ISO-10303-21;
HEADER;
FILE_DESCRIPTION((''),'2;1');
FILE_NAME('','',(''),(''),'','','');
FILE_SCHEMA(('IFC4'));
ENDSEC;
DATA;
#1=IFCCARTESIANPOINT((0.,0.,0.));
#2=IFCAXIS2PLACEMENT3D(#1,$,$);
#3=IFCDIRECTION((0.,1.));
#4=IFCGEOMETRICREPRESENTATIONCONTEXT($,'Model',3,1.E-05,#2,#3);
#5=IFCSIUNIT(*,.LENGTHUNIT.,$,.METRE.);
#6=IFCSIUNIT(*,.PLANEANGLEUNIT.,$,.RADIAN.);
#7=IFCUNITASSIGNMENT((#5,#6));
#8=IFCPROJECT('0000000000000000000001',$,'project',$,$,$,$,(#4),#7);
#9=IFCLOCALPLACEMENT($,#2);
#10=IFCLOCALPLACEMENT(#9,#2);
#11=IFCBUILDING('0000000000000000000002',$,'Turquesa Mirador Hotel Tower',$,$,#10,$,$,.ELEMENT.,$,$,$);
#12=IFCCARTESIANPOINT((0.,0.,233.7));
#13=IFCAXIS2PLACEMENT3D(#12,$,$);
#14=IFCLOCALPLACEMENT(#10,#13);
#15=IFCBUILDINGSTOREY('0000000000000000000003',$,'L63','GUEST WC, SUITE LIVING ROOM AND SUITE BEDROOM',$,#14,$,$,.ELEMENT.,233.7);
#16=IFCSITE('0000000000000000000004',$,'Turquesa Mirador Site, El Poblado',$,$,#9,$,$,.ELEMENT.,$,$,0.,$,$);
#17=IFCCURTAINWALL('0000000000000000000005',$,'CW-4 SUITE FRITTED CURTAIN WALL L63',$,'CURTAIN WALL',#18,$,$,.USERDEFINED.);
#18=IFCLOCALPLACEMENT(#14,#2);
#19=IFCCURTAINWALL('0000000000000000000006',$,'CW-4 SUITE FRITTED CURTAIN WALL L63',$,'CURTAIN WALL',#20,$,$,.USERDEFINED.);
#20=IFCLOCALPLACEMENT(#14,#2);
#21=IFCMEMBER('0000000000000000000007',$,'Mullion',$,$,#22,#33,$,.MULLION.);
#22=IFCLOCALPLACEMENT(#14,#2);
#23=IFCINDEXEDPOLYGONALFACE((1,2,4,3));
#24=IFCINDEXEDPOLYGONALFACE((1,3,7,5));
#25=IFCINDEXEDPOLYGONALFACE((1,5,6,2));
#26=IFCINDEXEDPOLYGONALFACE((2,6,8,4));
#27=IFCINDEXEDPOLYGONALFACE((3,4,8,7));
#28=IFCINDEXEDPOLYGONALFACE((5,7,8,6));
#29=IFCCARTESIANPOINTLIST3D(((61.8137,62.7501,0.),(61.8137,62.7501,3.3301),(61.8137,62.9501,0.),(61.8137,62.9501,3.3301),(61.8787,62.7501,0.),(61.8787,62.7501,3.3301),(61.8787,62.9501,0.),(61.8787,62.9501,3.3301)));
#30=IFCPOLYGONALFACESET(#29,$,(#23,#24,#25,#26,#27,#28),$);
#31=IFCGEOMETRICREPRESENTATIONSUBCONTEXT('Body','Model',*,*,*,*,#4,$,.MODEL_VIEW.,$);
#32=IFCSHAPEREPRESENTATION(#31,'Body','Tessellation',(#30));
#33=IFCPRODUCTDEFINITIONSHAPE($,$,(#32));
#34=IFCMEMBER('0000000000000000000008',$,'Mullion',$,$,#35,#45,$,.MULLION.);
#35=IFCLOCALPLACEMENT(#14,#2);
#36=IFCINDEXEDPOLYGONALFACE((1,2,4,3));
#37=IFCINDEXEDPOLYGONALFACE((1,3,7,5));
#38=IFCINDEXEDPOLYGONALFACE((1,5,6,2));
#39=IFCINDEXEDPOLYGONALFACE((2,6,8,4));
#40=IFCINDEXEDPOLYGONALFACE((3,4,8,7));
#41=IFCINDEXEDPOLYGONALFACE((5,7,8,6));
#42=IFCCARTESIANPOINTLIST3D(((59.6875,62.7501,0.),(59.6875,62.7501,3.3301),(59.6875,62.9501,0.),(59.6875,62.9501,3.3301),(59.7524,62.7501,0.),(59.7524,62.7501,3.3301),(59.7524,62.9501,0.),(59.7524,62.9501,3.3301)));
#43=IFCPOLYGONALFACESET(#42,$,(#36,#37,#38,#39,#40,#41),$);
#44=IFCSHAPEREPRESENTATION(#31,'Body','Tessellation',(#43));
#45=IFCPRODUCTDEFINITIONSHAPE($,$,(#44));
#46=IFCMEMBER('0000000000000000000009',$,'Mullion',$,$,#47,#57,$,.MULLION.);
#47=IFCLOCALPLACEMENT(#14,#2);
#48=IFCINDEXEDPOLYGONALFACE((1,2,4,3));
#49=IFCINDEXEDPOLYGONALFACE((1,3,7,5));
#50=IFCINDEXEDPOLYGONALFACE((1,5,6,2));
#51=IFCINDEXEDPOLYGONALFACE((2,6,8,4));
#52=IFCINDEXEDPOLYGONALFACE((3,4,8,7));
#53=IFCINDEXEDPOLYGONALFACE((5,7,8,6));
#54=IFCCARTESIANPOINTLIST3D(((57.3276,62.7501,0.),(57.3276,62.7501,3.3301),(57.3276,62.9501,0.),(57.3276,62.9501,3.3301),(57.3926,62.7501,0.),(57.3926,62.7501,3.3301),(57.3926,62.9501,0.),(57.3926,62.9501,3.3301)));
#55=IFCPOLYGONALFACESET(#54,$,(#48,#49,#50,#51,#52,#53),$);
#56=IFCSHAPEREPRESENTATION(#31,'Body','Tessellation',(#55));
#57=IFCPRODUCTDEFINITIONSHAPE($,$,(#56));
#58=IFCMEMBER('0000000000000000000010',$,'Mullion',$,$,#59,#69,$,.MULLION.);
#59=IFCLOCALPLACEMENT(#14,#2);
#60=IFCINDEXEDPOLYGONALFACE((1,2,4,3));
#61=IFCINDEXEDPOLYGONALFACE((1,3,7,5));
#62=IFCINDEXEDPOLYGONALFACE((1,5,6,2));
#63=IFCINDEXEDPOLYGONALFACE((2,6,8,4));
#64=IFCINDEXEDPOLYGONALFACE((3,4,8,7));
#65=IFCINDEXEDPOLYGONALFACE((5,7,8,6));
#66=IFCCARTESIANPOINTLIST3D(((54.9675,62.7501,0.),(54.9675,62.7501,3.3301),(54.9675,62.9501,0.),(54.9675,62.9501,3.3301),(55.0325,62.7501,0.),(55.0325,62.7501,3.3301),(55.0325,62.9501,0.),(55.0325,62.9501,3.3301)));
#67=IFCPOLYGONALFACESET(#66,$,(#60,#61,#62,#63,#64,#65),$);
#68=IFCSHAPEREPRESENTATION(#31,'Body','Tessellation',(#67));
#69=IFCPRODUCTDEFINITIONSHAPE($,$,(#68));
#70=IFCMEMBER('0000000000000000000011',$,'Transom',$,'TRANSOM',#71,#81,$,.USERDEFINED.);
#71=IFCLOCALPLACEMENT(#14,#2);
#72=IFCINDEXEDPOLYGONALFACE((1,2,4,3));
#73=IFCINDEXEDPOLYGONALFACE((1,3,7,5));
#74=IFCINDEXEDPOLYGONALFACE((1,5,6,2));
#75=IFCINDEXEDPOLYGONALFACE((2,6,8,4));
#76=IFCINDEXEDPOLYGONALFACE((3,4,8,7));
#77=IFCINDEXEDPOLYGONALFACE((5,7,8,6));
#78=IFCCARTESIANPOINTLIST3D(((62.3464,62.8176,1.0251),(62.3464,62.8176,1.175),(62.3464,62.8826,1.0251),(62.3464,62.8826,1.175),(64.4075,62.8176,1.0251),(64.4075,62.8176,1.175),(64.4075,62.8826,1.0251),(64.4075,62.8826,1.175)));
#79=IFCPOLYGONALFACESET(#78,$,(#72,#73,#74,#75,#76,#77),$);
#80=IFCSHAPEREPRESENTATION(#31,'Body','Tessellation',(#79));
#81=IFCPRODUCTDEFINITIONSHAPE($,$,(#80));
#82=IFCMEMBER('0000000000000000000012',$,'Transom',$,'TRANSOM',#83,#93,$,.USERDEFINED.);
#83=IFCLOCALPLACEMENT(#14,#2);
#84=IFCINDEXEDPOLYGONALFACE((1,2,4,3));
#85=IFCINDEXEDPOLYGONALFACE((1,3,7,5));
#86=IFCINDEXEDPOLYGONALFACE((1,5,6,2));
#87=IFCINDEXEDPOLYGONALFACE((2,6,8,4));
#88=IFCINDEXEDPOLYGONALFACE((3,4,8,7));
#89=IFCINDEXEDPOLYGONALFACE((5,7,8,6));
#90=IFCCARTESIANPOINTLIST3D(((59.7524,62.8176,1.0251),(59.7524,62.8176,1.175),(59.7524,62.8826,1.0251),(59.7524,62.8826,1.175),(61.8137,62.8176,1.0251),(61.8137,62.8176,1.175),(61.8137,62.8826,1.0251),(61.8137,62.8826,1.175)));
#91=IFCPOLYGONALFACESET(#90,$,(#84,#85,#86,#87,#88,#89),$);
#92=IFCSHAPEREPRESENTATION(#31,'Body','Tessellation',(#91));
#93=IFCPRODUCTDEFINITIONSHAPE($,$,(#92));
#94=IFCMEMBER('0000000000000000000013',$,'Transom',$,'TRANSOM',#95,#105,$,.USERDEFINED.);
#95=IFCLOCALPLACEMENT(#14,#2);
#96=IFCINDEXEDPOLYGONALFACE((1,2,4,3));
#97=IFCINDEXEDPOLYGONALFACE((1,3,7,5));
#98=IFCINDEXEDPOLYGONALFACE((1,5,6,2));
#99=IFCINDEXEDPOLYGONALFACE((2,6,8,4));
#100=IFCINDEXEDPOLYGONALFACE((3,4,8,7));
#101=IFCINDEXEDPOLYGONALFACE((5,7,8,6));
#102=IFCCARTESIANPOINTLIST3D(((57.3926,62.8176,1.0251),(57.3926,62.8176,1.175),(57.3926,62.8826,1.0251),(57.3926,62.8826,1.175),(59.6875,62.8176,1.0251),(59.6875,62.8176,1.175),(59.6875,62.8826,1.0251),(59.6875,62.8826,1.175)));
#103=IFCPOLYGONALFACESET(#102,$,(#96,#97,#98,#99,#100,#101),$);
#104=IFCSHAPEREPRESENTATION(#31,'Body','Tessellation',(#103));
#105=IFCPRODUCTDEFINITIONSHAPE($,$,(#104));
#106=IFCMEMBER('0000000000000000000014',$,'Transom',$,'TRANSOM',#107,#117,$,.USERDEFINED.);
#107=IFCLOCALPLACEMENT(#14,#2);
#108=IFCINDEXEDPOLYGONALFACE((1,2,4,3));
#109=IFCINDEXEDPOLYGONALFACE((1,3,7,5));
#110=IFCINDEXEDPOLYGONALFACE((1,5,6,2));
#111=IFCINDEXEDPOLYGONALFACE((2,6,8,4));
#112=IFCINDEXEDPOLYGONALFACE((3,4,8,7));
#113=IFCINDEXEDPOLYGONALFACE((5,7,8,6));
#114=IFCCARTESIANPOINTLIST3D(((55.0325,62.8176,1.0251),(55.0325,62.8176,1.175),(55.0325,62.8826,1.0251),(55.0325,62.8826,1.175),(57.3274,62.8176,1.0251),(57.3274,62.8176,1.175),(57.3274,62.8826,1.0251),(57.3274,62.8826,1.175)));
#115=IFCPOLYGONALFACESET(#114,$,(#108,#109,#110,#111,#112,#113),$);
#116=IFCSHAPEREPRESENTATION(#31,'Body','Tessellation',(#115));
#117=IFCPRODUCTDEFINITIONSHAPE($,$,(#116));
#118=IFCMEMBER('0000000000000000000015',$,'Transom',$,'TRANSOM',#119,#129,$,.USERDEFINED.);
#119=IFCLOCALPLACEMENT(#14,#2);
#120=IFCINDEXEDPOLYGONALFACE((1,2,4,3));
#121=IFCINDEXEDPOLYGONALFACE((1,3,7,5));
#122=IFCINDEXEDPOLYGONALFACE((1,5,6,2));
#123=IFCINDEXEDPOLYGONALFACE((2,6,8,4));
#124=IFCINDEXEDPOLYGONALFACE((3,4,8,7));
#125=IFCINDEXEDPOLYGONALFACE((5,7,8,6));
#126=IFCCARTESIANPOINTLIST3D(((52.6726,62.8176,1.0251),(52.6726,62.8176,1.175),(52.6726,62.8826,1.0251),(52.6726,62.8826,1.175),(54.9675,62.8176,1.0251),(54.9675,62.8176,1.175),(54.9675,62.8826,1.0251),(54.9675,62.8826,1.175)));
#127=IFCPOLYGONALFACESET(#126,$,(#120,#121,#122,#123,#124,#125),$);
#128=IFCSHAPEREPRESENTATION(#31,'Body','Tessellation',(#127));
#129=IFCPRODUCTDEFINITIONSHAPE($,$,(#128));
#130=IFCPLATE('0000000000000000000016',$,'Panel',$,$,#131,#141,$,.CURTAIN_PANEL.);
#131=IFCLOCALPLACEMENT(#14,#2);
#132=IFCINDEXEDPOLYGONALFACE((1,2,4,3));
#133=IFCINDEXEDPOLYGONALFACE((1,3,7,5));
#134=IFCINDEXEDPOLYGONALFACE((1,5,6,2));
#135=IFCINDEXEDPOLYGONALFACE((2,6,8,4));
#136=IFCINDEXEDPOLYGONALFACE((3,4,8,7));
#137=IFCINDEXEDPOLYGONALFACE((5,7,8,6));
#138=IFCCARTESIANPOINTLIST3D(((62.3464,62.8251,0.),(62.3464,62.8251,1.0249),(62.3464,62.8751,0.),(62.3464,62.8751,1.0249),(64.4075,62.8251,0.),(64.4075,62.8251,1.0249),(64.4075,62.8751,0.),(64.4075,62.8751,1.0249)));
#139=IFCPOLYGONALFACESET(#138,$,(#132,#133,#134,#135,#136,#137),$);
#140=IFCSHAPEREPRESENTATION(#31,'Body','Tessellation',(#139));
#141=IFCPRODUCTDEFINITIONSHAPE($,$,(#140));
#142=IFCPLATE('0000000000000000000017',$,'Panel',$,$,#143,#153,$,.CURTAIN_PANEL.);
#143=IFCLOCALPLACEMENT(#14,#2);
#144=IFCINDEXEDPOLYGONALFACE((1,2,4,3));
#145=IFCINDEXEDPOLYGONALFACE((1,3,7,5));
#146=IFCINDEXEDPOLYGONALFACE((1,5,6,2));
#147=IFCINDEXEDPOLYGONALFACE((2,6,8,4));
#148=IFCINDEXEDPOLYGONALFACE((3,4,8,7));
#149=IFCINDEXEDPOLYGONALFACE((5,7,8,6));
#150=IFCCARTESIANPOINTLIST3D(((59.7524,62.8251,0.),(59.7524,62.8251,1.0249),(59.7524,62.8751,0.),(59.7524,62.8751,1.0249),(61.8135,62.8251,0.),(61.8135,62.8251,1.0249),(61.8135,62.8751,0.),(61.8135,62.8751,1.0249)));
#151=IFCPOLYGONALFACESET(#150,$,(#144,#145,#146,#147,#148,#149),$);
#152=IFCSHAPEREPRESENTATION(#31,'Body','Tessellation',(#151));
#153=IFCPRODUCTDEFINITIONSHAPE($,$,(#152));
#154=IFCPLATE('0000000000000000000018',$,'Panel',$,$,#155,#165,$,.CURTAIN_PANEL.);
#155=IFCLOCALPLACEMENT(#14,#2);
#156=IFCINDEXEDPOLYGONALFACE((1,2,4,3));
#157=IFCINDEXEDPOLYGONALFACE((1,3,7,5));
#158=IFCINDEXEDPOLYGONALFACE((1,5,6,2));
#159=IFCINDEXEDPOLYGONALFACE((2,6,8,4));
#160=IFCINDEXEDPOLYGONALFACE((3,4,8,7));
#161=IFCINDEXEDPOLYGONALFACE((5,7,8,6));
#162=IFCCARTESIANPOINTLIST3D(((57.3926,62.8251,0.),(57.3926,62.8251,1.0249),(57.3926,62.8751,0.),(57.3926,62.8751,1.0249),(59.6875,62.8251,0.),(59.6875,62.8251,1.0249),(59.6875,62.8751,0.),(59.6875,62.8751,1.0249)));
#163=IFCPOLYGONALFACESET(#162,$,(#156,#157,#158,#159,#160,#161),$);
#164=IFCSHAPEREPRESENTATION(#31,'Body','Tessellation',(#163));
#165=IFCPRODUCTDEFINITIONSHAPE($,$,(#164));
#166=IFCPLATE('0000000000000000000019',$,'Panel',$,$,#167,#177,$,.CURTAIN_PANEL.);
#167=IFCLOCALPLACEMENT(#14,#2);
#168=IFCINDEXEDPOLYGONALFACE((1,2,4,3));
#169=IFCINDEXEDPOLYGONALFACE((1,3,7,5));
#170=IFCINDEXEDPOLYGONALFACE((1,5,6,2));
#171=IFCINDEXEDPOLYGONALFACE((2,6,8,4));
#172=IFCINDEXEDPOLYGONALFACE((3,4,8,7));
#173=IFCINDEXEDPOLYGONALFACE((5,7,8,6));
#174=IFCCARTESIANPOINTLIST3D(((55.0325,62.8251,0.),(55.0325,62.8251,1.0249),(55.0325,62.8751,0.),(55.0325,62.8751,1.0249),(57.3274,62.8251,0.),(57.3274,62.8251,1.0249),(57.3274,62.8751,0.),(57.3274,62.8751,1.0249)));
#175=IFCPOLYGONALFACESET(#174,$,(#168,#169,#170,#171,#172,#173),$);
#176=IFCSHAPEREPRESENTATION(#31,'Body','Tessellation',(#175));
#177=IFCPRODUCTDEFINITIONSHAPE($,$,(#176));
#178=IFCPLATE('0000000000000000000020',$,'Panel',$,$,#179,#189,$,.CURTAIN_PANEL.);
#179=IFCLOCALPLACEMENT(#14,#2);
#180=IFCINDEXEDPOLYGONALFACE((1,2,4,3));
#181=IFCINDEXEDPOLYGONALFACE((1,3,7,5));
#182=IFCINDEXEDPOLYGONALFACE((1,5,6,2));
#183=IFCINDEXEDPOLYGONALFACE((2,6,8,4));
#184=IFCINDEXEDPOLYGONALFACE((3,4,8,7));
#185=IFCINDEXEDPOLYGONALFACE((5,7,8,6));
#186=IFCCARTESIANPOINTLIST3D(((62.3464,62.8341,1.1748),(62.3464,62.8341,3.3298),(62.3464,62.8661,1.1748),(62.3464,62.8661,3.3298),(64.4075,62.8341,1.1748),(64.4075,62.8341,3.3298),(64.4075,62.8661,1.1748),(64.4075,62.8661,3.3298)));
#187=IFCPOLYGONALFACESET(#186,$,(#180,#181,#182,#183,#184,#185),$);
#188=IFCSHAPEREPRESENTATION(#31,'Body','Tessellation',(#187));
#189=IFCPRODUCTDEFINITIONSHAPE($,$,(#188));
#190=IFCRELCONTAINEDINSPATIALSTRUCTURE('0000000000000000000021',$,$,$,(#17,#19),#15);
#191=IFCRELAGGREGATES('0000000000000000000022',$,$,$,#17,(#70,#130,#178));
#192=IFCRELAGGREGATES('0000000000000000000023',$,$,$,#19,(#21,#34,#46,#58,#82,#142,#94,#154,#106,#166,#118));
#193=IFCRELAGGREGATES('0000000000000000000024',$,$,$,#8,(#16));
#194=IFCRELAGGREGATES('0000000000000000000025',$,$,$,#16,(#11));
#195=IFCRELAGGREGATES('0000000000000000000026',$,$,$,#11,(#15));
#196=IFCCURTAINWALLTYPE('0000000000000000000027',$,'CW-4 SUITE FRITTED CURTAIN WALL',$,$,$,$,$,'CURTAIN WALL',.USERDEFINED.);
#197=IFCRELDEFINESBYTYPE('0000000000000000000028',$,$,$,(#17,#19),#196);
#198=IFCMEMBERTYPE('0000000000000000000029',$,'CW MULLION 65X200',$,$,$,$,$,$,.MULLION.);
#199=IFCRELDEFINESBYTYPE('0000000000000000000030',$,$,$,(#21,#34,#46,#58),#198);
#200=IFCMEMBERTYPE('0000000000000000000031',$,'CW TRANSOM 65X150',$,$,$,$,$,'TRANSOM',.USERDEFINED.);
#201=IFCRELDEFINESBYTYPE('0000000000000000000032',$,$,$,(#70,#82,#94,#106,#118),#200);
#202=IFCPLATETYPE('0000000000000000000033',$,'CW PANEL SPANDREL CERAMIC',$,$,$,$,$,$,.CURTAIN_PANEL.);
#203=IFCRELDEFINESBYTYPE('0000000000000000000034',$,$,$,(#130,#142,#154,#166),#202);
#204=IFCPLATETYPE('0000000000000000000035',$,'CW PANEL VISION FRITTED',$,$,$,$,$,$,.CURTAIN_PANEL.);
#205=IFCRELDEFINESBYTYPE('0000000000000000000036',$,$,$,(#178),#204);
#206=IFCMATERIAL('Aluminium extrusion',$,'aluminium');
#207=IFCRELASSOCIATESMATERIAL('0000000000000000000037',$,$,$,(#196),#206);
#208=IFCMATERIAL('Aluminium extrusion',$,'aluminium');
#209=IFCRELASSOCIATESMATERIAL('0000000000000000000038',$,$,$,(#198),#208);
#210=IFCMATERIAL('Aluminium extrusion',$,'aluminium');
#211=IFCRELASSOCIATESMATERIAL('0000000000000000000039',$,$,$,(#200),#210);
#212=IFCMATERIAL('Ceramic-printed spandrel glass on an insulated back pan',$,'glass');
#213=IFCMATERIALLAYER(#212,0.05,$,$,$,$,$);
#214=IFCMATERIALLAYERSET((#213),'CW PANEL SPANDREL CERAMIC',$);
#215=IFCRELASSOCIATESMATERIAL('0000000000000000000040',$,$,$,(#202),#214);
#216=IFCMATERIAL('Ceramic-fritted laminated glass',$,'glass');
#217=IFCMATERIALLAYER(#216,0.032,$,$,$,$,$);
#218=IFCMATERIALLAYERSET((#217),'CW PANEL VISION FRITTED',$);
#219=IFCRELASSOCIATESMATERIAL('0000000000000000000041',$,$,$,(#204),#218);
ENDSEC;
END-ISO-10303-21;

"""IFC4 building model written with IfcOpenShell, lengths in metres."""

from ifc_helpers import new_model, si_unit, direction, frame, origin, origin_2d, place, context, subcontext, project, spatial, rectangle, extrude, material, layer, layer_set, material_profile, profile_set, type_object, element, aggregate, save


model = new_model("IFC4")

# Units and contexts
model_context = context("Model", 3, precision=1e-05, world=origin(), true_north=direction((0.0, 1.0)))
body_context = subcontext(model_context, "Body", "Model", "MODEL_VIEW")
ifc_project = project(units=[si_unit("LENGTHUNIT", "METRE"), si_unit("PLANEANGLEUNIT", "RADIAN")], contexts=[model_context])

# Site, building, storey
site_placement = place(None, origin())
site = spatial("IfcSite", under=ifc_project, at=site_placement, Name="Turquesa Mirador Site, El Poblado", CompositionType="ELEMENT", RefElevation=0.0)
building_placement = place(site_placement, origin())
building = spatial("IfcBuilding", under=site, at=building_placement, Name="Turquesa Mirador Hotel Tower", CompositionType="ELEMENT")
storey_placement = place(building_placement, frame((0.0, 0.0, 233.7)))
storey = spatial("IfcBuildingStorey", under=building, at=storey_placement, Name="L63", Description="GUEST WC, SUITE LIVING ROOM AND SUITE BEDROOM", CompositionType="ELEMENT", Elevation=233.7)

# Curtain wall
ifc_material_1 = material(Name="Aluminium extrusion", Category="aluminium")
curtain_wall_type = type_object("IfcCurtainWallType", Name="CW-4 SUITE FRITTED CURTAIN WALL", ElementType="CURTAIN WALL", PredefinedType="USERDEFINED", material=ifc_material_1)
curtain_wall_1_placement = place(storey_placement, origin())
curtain_wall_1 = element("IfcCurtainWall", 1, at=curtain_wall_1_placement, inside=storey, type_object=curtain_wall_type, Name="CW-4 SUITE FRITTED CURTAIN WALL L63", ObjectType="CURTAIN WALL", PredefinedType="USERDEFINED")
ifc_material_2 = material(Name="Aluminium extrusion", Category="aluminium")
ifc_material_profile_1 = material_profile(ifc_material_2, rectangle(XDim=0.0649, YDim=0.2, at=origin_2d()), Name="MULLION 65X200")
ifc_profile_set_1 = profile_set([ifc_material_profile_1], Name="Aluminium extrusion")
member_type_1 = type_object("IfcMemberType", Name="CW MULLION 65X200", PredefinedType="MULLION", material=ifc_profile_set_1)

# Curtain wall, members
curtain_wall_2_placement = place(storey_placement, origin())
curtain_wall_2 = element("IfcCurtainWall", 2, at=curtain_wall_2_placement, inside=storey, type_object=curtain_wall_type, Name="CW-4 SUITE FRITTED CURTAIN WALL L63", ObjectType="CURTAIN WALL", PredefinedType="USERDEFINED")
member_1_placement = place(storey_placement, frame((61.8462, 62.8501, 0.0), z_axis=(0.0, 0.0, 1.0), x_axis=(-1.0, 0.0, 0.0)))
member_1 = element("IfcMember", 3, at=member_1_placement, type_object=member_type_1, Name="Mullion", PredefinedType="MULLION", context=body_context, shape_type="SweptSolid", body=[
    extrude(rectangle(XDim=0.0649, YDim=0.2, at=origin_2d()), origin(), (0.0, 0.0, 1.0), 3.3301),
])
member_2_placement = place(storey_placement, frame((59.72, 62.8501, 0.0), z_axis=(0.0, 0.0, 1.0), x_axis=(-1.0, 0.0, 0.0)))
member_2 = element("IfcMember", 4, at=member_2_placement, type_object=member_type_1, Name="Mullion", PredefinedType="MULLION", context=body_context, shape_type="SweptSolid", body=[
    extrude(rectangle(XDim=0.0649, YDim=0.2, at=origin_2d()), origin(), (0.0, 0.0, 1.0), 3.3301),
])
member_3_placement = place(storey_placement, frame((57.3601, 62.8501, 0.0), z_axis=(0.0, 0.0, 1.0), x_axis=(-1.0, 0.0, 0.0)))
member_3 = element("IfcMember", 5, at=member_3_placement, type_object=member_type_1, Name="Mullion", PredefinedType="MULLION", context=body_context, shape_type="SweptSolid", body=[
    extrude(rectangle(XDim=0.0649, YDim=0.2, at=origin_2d()), origin(), (0.0, 0.0, 1.0), 3.3301),
])
member_4_placement = place(storey_placement, frame((55.0, 62.8501, 0.0), z_axis=(0.0, 0.0, 1.0), x_axis=(-1.0, 0.0, 0.0)))
member_4 = element("IfcMember", 6, at=member_4_placement, type_object=member_type_1, Name="Mullion", PredefinedType="MULLION", context=body_context, shape_type="SweptSolid", body=[
    extrude(rectangle(XDim=0.0649, YDim=0.2, at=origin_2d()), origin(), (0.0, 0.0, 1.0), 3.3301),
])

# Members
ifc_material_3 = material(Name="Aluminium extrusion", Category="aluminium")
ifc_material_profile_2 = material_profile(ifc_material_3, rectangle(XDim=0.0649, YDim=0.1499, at=origin_2d()), Name="TRANSOM 65X150")
ifc_profile_set_2 = profile_set([ifc_material_profile_2], Name="Aluminium extrusion")
member_type_2 = type_object("IfcMemberType", Name="CW TRANSOM 65X150", ElementType="TRANSOM", PredefinedType="USERDEFINED", material=ifc_profile_set_2)
member_5_placement = place(storey_placement, frame((64.4075, 62.8501, 1.1001), z_axis=(-1.0, 0.0, 0.0), x_axis=(0.0, -1.0, 0.0)))
member_5 = element("IfcMember", 7, at=member_5_placement, type_object=member_type_2, Name="Transom", ObjectType="TRANSOM", PredefinedType="USERDEFINED", context=body_context, shape_type="SweptSolid", body=[
    extrude(rectangle(XDim=0.0649, YDim=0.1499, at=origin_2d()), origin(), (0.0, 0.0, 1.0), 2.061),
])
member_6_placement = place(storey_placement, frame((61.8137, 62.8501, 1.1001), z_axis=(-1.0, 0.0, 0.0), x_axis=(0.0, -1.0, 0.0)))
member_6 = element("IfcMember", 8, at=member_6_placement, type_object=member_type_2, Name="Transom", ObjectType="TRANSOM", PredefinedType="USERDEFINED", context=body_context, shape_type="SweptSolid", body=[
    extrude(rectangle(XDim=0.0649, YDim=0.1499, at=origin_2d()), origin(), (0.0, 0.0, 1.0), 2.0613),
])
member_7_placement = place(storey_placement, frame((59.6875, 62.8501, 1.1001), z_axis=(-1.0, 0.0, 0.0), x_axis=(0.0, -1.0, 0.0)))
member_7 = element("IfcMember", 9, at=member_7_placement, type_object=member_type_2, Name="Transom", ObjectType="TRANSOM", PredefinedType="USERDEFINED", context=body_context, shape_type="SweptSolid", body=[
    extrude(rectangle(XDim=0.0649, YDim=0.1499, at=origin_2d()), origin(), (0.0, 0.0, 1.0), 2.2949),
])
member_8_placement = place(storey_placement, frame((57.3274, 62.8501, 1.1001), z_axis=(-1.0, 0.0, 0.0), x_axis=(0.0, -1.0, 0.0)))
member_8 = element("IfcMember", 10, at=member_8_placement, type_object=member_type_2, Name="Transom", ObjectType="TRANSOM", PredefinedType="USERDEFINED", context=body_context, shape_type="SweptSolid", body=[
    extrude(rectangle(XDim=0.0649, YDim=0.1499, at=origin_2d()), origin(), (0.0, 0.0, 1.0), 2.2949),
])
member_9_placement = place(storey_placement, frame((54.9675, 62.8501, 1.1001), z_axis=(-1.0, 0.0, 0.0), x_axis=(0.0, -1.0, 0.0)))
member_9 = element("IfcMember", 11, at=member_9_placement, type_object=member_type_2, Name="Transom", ObjectType="TRANSOM", PredefinedType="USERDEFINED", context=body_context, shape_type="SweptSolid", body=[
    extrude(rectangle(XDim=0.0649, YDim=0.1499, at=origin_2d()), origin(), (0.0, 0.0, 1.0), 2.2949),
])

# Plates
ifc_material_4 = material(Name="Ceramic-printed spandrel glass on an insulated back pan", Category="glass")
ifc_layer_1 = layer(ifc_material_4, 0.05)
ifc_layer_set_1 = layer_set([ifc_layer_1], Name="CW PANEL SPANDREL CERAMIC")
plate_type_1 = type_object("IfcPlateType", Name="CW PANEL SPANDREL CERAMIC", PredefinedType="CURTAIN_PANEL", material=ifc_layer_set_1)
plate_1_placement = place(storey_placement, frame((63.377, 62.8501, 0.0), z_axis=(0.0, 0.0, 1.0), x_axis=(-1.0, 0.0, 0.0)))
plate_1 = element("IfcPlate", 12, at=plate_1_placement, type_object=plate_type_1, Name="Panel", PredefinedType="CURTAIN_PANEL", context=body_context, shape_type="SweptSolid", body=[
    extrude(rectangle(XDim=2.061, YDim=0.05, at=origin_2d()), origin(), (0.0, 0.0, 1.0), 1.0249),
])
plate_2_placement = place(storey_placement, frame((60.783, 62.8501, 0.0), z_axis=(0.0, 0.0, 1.0), x_axis=(-1.0, 0.0, 0.0)))
plate_2 = element("IfcPlate", 13, at=plate_2_placement, type_object=plate_type_1, Name="Panel", PredefinedType="CURTAIN_PANEL", context=body_context, shape_type="SweptSolid", body=[
    extrude(rectangle(XDim=2.061, YDim=0.05, at=origin_2d()), origin(), (0.0, 0.0, 1.0), 1.0249),
])
plate_3_placement = place(storey_placement, frame((58.54, 62.8501, 0.0), z_axis=(0.0, 0.0, 1.0), x_axis=(-1.0, 0.0, 0.0)))
plate_3 = element("IfcPlate", 14, at=plate_3_placement, type_object=plate_type_1, Name="Panel", PredefinedType="CURTAIN_PANEL", context=body_context, shape_type="SweptSolid", body=[
    extrude(rectangle(XDim=2.2949, YDim=0.05, at=origin_2d()), origin(), (0.0, 0.0, 1.0), 1.0249),
])
plate_4_placement = place(storey_placement, frame((56.1799, 62.8501, 0.0), z_axis=(0.0, 0.0, 1.0), x_axis=(-1.0, 0.0, 0.0)))
plate_4 = element("IfcPlate", 15, at=plate_4_placement, type_object=plate_type_1, Name="Panel", PredefinedType="CURTAIN_PANEL", context=body_context, shape_type="SweptSolid", body=[
    extrude(rectangle(XDim=2.2949, YDim=0.05, at=origin_2d()), origin(), (0.0, 0.0, 1.0), 1.0249),
])
ifc_material_5 = material(Name="Ceramic-fritted laminated glass", Category="glass")
ifc_layer_2 = layer(ifc_material_5, 0.032)
ifc_layer_set_2 = layer_set([ifc_layer_2], Name="CW PANEL VISION FRITTED")
plate_type_2 = type_object("IfcPlateType", Name="CW PANEL VISION FRITTED", PredefinedType="CURTAIN_PANEL", material=ifc_layer_set_2)
plate_5_placement = place(storey_placement, frame((63.377, 62.8501, 1.1748), z_axis=(0.0, 0.0, 1.0), x_axis=(-1.0, 0.0, 0.0)))
plate_5 = element("IfcPlate", 16, at=plate_5_placement, type_object=plate_type_2, Name="Panel", PredefinedType="CURTAIN_PANEL", context=body_context, shape_type="SweptSolid", body=[
    extrude(rectangle(XDim=2.061, YDim=0.032, at=origin_2d()), origin(), (0.0, 0.0, 1.0), 2.155),
])
aggregate(curtain_wall_1, [member_5, plate_1, plate_5])
aggregate(curtain_wall_2, [member_1, member_2, member_3, member_4, member_6, plate_2, member_7, plate_3, member_8, plate_4, member_9])

save(model, "model.ifc")
